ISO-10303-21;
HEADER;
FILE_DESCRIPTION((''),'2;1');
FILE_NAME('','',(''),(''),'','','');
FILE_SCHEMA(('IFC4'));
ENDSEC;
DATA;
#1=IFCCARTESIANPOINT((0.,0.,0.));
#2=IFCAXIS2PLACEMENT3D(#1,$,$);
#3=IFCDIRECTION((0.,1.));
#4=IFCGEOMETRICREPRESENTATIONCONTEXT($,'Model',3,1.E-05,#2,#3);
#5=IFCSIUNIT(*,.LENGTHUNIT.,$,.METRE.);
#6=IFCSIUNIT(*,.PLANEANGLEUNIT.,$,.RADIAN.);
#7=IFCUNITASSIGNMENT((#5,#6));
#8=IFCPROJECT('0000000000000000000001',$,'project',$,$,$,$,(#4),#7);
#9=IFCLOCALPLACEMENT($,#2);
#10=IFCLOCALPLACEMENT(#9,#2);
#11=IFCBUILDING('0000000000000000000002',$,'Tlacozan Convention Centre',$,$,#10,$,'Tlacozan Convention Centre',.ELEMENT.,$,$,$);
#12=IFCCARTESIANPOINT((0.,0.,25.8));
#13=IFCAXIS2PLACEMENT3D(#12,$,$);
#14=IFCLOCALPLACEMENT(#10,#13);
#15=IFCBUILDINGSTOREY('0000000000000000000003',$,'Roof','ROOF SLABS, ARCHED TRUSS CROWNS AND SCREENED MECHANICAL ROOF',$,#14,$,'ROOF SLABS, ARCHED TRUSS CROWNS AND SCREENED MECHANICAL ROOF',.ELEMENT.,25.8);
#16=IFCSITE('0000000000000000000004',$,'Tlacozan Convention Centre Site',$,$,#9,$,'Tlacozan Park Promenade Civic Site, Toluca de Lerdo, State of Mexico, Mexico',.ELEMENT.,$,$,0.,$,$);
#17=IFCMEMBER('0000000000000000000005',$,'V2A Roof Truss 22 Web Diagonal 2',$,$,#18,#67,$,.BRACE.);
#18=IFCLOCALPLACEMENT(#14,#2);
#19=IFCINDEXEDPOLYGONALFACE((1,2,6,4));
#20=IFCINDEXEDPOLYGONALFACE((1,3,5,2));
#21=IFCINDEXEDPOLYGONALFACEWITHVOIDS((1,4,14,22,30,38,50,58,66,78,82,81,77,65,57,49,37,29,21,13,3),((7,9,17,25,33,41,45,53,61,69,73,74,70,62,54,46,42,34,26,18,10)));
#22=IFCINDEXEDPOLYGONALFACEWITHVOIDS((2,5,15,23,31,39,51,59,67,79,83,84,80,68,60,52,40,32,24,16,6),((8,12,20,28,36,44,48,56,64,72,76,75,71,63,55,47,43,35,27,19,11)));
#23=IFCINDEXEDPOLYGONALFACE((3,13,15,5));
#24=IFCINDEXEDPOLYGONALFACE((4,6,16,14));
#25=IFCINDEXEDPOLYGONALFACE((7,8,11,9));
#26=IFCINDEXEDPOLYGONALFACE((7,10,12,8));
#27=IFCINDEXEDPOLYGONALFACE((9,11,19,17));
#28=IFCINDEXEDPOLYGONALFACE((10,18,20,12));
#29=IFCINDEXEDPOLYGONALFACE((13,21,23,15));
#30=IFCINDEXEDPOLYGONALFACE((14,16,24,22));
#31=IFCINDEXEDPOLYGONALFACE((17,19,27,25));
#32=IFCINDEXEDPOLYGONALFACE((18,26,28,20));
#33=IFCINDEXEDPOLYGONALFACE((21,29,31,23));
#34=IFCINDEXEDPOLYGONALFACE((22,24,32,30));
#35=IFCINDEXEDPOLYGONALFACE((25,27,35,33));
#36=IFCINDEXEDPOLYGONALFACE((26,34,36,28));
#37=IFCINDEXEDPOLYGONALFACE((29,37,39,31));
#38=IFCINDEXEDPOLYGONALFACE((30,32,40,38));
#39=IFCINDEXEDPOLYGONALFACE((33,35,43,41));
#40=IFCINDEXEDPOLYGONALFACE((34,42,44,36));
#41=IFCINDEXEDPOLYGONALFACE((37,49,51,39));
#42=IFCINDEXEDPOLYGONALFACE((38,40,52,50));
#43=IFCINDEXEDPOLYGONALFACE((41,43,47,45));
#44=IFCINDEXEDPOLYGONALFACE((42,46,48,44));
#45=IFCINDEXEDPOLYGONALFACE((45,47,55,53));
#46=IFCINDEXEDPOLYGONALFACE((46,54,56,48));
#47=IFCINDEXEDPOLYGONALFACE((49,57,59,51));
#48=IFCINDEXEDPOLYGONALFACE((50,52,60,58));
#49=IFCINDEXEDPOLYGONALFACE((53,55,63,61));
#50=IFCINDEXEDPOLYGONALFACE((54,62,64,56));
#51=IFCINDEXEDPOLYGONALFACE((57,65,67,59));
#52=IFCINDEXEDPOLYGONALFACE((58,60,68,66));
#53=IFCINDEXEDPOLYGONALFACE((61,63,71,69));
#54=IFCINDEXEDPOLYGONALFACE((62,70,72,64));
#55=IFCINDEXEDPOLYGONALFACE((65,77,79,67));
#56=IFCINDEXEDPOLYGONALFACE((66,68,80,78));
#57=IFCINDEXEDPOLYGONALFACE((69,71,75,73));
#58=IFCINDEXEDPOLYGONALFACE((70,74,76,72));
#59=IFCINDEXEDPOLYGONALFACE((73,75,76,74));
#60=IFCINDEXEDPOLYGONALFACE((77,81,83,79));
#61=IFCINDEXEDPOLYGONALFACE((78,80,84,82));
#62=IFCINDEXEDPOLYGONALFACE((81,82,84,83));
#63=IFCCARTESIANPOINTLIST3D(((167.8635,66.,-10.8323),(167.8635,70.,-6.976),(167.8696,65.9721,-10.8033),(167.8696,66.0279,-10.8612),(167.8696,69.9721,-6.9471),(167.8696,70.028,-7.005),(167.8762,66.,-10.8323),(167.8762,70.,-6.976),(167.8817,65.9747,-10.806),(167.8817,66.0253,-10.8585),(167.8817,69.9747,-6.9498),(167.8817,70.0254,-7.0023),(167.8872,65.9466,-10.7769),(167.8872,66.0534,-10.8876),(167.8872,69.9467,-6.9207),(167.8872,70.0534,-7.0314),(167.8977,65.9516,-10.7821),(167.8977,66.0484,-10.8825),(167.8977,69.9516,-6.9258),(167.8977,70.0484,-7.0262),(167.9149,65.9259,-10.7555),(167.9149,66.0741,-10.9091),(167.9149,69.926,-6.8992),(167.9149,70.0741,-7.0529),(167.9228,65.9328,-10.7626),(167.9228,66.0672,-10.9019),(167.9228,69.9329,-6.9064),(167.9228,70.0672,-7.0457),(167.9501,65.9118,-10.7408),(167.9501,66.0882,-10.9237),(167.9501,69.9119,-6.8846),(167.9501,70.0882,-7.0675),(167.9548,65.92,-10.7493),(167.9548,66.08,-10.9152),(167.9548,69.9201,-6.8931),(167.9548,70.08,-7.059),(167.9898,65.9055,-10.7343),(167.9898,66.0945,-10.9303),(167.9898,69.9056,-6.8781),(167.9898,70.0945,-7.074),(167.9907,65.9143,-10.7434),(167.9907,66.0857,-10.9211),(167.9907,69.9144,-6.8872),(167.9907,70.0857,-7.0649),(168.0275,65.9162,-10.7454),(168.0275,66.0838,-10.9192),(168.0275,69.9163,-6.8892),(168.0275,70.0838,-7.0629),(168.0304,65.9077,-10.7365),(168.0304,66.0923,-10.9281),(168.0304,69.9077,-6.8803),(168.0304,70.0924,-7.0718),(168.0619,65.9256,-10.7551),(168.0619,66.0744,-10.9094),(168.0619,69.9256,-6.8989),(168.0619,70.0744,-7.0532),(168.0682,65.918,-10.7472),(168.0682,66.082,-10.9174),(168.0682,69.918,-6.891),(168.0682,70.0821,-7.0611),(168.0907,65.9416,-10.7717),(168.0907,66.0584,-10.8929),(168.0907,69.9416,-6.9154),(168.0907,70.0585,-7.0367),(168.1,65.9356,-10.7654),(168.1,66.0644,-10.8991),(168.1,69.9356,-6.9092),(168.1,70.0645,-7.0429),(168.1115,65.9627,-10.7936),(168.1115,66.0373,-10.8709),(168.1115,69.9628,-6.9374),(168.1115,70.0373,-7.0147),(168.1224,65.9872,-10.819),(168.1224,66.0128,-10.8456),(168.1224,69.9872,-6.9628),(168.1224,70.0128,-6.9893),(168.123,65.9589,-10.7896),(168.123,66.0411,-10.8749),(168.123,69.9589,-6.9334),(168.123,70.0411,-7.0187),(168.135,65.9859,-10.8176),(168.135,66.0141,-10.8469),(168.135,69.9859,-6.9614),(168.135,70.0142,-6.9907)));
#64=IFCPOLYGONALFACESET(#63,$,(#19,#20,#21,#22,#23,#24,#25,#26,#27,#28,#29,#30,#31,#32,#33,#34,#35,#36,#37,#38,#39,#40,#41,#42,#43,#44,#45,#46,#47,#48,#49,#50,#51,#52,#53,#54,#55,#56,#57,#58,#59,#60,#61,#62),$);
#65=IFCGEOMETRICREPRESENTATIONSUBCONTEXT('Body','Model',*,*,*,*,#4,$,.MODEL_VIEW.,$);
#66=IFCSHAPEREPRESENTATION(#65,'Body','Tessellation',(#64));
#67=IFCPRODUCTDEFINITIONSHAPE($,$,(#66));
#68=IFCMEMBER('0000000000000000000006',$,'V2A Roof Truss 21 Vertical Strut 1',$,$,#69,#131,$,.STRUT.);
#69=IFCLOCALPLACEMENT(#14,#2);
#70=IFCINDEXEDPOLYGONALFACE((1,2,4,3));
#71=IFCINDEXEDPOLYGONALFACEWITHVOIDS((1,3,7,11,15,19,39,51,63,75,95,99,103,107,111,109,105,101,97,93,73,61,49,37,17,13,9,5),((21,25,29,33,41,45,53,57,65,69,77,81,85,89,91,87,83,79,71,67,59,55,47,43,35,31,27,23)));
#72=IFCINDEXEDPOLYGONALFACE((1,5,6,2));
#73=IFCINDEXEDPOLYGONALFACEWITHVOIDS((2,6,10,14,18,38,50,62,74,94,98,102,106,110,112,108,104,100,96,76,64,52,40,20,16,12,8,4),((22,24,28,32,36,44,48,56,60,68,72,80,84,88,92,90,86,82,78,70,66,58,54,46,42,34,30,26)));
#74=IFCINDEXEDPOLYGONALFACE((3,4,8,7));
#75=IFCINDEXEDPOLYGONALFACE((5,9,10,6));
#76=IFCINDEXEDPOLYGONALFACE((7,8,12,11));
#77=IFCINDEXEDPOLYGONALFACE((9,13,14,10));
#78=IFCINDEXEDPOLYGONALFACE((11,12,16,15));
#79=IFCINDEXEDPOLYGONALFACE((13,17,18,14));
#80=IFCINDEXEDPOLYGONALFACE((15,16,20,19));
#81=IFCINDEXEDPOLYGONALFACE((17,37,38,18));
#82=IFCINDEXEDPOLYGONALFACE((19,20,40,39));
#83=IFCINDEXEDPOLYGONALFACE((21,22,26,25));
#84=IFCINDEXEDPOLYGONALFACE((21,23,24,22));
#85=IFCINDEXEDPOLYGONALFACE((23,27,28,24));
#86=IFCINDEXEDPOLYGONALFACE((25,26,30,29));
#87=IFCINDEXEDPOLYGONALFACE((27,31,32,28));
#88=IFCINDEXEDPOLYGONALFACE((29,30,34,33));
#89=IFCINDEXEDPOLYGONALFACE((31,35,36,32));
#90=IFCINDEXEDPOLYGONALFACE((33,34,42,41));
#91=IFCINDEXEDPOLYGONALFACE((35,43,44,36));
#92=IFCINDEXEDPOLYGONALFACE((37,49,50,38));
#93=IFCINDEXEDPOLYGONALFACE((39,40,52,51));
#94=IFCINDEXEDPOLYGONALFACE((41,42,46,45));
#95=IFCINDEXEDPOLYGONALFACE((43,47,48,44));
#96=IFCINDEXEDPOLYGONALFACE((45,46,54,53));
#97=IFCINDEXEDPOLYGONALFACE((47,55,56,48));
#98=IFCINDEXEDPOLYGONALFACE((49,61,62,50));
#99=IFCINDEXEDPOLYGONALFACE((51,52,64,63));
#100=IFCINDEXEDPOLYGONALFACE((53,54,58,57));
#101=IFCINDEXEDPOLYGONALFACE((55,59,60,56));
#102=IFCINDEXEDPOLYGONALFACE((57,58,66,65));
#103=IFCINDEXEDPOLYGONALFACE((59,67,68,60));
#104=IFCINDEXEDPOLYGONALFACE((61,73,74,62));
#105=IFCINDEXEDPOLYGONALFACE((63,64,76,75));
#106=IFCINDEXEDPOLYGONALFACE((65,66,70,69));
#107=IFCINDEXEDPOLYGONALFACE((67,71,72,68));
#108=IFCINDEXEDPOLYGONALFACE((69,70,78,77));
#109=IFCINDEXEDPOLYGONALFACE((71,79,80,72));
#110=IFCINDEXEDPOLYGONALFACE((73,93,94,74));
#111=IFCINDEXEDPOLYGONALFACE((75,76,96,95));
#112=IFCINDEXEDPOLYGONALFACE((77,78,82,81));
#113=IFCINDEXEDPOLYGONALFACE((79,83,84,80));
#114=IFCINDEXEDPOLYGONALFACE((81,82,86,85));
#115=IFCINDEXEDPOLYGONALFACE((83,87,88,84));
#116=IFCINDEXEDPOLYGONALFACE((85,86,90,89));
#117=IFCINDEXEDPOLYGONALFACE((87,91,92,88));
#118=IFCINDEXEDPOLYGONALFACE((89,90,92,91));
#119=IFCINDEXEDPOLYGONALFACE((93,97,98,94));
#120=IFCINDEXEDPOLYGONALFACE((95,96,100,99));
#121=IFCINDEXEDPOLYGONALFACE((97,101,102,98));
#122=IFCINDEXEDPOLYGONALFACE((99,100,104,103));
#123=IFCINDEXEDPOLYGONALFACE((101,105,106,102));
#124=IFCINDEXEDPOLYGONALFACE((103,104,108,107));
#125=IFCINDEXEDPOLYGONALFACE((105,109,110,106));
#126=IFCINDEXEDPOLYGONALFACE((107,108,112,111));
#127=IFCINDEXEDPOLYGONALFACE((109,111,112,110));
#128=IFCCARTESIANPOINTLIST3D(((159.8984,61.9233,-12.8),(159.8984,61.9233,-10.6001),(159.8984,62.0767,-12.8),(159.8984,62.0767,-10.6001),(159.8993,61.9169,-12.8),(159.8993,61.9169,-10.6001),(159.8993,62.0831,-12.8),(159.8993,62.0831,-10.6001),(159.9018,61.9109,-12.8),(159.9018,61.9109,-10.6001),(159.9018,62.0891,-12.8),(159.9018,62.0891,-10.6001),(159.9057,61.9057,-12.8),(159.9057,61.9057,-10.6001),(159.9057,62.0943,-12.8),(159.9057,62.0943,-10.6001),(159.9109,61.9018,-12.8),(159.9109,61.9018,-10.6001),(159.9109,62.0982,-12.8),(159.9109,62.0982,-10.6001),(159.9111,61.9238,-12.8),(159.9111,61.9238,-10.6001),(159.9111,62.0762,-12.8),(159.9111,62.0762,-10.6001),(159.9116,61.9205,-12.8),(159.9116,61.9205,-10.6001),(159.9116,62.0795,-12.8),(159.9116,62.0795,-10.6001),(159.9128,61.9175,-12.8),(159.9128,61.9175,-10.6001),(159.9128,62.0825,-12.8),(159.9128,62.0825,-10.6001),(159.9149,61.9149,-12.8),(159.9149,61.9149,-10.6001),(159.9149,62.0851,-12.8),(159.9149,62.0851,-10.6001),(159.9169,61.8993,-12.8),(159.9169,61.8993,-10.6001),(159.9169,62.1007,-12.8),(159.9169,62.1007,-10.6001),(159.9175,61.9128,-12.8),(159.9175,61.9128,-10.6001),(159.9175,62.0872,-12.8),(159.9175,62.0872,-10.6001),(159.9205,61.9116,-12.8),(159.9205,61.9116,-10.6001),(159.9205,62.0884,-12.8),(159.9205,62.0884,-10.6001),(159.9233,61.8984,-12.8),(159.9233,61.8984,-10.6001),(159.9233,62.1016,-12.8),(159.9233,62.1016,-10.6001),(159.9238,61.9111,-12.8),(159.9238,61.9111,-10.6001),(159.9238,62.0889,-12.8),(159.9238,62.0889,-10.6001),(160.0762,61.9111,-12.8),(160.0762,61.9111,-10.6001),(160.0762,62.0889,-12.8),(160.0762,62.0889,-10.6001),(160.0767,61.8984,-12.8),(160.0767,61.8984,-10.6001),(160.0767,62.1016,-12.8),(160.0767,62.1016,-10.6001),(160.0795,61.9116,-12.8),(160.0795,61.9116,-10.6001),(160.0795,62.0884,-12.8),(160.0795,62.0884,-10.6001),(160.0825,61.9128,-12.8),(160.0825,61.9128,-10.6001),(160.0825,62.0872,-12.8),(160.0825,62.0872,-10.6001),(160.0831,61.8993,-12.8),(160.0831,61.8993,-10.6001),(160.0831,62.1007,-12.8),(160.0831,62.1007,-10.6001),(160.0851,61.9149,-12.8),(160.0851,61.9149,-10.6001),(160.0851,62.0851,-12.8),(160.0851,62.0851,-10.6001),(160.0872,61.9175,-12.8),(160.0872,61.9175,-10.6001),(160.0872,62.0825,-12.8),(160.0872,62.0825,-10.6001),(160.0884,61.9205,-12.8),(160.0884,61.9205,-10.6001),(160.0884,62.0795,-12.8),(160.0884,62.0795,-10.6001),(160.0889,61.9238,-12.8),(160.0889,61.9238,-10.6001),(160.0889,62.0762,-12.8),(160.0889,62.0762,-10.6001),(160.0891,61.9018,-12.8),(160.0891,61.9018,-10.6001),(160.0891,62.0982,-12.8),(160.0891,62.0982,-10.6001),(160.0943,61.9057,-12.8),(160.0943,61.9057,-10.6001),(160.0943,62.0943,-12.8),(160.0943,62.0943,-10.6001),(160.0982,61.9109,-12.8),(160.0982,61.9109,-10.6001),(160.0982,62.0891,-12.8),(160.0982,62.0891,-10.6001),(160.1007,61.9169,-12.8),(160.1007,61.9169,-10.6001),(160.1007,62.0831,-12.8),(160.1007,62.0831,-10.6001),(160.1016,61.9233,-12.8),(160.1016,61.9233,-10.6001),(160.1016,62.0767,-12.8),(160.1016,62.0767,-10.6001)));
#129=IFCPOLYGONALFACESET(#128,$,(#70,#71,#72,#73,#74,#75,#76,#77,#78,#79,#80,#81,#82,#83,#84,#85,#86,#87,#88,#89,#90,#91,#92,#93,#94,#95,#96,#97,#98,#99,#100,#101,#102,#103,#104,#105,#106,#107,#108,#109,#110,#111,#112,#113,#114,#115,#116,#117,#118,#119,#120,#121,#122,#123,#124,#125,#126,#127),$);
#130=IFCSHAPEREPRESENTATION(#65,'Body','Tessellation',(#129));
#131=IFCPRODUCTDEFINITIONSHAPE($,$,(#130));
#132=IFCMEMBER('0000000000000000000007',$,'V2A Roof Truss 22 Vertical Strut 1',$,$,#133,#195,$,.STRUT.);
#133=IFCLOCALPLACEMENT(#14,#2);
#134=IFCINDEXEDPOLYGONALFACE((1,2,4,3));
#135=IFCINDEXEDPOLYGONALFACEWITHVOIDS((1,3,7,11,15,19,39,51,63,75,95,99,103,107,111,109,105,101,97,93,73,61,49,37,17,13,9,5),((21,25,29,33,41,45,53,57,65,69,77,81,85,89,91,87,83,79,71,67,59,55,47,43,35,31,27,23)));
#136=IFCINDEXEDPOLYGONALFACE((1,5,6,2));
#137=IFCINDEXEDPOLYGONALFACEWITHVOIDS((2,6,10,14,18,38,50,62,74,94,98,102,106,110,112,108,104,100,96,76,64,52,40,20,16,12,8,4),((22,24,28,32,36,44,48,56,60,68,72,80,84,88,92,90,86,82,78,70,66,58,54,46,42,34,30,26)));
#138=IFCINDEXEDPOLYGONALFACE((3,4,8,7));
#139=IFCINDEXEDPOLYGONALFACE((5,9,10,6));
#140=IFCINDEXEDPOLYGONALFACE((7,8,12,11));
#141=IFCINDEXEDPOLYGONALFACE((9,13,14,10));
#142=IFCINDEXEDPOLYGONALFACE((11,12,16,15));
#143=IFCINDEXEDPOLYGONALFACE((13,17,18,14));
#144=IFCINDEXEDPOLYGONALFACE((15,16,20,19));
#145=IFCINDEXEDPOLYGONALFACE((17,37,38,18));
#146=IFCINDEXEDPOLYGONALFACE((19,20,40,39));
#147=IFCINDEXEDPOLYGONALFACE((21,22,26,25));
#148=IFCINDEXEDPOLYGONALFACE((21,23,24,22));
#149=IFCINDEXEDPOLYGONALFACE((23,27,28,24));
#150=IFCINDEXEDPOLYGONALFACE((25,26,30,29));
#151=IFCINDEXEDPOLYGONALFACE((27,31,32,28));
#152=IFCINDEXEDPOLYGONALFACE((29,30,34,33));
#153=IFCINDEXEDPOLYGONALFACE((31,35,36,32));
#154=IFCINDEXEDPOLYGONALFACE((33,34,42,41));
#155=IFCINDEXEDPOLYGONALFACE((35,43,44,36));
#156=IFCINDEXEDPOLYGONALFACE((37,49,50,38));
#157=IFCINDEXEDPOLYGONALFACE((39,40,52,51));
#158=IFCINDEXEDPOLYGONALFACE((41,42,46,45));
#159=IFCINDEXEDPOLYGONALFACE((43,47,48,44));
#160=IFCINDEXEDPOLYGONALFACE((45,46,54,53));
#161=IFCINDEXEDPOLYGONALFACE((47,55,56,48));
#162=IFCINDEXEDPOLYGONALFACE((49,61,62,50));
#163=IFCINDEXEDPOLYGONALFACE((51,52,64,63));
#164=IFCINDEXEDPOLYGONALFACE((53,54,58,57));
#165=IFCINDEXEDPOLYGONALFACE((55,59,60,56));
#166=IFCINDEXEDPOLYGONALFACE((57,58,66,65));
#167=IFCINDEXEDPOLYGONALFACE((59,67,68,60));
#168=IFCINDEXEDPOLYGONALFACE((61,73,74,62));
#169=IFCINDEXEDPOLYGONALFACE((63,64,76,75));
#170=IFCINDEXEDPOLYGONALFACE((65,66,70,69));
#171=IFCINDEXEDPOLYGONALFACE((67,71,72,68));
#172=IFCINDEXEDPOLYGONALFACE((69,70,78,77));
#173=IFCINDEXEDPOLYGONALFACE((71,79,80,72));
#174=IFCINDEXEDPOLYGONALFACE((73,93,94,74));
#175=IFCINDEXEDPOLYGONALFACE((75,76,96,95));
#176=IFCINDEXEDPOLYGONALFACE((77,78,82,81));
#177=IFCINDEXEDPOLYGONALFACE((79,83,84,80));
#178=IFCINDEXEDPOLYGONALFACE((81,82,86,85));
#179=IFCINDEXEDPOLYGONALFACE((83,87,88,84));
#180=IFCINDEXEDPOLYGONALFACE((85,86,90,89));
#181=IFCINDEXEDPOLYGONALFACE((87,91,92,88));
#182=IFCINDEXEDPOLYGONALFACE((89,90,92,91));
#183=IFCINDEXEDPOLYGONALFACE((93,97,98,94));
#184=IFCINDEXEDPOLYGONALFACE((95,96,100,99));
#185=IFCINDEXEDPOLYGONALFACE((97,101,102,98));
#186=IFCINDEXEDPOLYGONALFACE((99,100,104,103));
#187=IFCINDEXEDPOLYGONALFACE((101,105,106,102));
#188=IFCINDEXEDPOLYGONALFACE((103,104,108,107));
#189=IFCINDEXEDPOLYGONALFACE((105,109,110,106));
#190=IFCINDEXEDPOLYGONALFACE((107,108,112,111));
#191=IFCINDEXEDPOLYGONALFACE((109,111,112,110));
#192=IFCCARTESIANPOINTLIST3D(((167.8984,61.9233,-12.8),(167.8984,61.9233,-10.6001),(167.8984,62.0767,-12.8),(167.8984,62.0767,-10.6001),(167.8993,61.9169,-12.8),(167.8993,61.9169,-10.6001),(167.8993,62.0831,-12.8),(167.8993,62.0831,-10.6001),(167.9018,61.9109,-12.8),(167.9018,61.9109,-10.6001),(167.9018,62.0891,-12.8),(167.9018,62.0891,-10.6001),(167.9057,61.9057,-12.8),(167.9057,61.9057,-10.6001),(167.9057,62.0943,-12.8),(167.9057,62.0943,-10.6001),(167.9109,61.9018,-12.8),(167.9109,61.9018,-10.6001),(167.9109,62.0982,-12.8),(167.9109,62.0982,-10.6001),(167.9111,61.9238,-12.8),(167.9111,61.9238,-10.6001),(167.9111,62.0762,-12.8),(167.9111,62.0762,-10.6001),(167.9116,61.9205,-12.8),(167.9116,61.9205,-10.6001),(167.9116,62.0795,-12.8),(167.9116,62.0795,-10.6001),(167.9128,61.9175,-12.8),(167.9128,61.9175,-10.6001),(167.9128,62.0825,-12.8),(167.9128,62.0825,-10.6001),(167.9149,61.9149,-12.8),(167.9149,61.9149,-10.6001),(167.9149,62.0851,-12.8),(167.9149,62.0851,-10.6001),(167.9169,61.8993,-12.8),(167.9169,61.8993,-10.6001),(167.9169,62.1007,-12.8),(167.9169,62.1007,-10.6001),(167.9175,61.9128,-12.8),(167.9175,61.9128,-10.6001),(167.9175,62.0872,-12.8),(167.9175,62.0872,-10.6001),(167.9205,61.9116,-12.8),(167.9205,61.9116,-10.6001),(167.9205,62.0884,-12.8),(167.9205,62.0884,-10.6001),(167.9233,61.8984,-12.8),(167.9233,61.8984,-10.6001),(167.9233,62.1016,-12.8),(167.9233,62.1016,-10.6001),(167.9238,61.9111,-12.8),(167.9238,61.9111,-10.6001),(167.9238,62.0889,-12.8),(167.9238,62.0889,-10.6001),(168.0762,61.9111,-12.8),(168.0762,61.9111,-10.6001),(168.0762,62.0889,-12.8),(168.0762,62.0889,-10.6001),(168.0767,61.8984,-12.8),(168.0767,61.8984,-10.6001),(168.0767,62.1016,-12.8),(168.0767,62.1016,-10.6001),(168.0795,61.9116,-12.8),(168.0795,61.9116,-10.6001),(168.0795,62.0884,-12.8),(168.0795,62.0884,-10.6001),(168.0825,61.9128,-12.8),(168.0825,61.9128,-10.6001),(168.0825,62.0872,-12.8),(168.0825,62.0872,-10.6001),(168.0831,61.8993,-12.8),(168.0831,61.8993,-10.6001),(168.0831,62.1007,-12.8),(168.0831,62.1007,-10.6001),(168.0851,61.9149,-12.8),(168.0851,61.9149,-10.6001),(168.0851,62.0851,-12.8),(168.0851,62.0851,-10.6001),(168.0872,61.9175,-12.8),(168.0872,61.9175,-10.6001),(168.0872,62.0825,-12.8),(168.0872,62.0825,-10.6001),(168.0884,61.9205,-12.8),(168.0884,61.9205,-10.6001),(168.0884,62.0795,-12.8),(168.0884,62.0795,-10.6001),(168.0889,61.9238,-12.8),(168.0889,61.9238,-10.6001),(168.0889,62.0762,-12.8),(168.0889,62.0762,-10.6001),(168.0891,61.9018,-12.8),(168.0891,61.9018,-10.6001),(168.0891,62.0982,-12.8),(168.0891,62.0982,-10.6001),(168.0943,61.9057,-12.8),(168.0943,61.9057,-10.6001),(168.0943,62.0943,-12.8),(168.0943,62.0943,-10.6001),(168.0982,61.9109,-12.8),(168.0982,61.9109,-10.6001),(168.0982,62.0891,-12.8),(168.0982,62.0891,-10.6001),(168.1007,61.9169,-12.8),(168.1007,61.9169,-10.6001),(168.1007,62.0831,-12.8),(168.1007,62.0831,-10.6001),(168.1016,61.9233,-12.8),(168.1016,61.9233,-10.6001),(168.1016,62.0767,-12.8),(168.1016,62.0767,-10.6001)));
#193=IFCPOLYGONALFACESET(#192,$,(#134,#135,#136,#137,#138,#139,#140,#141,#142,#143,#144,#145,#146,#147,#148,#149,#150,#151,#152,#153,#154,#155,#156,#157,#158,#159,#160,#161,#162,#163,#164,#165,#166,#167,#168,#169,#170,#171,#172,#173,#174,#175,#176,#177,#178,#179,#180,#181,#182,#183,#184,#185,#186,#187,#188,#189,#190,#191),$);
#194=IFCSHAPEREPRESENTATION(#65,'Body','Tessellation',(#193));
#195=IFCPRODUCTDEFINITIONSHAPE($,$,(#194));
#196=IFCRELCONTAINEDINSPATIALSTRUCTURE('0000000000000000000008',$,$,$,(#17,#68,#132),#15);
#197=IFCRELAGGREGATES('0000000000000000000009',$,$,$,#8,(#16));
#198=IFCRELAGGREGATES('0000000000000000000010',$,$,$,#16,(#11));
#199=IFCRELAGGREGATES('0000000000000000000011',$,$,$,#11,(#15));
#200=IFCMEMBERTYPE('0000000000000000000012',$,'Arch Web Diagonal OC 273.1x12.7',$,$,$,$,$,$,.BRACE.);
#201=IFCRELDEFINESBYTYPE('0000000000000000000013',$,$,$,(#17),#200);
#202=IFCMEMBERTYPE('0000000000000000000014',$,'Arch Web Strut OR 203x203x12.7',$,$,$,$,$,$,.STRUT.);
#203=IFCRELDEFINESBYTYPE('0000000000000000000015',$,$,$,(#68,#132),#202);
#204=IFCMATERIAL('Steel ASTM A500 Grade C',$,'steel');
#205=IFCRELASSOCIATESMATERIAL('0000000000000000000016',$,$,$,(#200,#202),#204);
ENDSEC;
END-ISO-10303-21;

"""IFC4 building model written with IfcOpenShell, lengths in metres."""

from ifc_helpers import new_model, si_unit, direction, frame, origin, origin_2d, place, context, subcontext, project, spatial, hollow_rectangle, hollow_circle, extrude, material, material_profile, profile_set, type_object, element, save


model = new_model("IFC4")

# Units and contexts
model_context = context("Model", 3, precision=1e-05, world=origin(), true_north=direction((0.0, 1.0)))
body_context = subcontext(model_context, "Body", "Model", "MODEL_VIEW")
ifc_project = project(units=[si_unit("LENGTHUNIT", "METRE"), si_unit("PLANEANGLEUNIT", "RADIAN")], contexts=[model_context])

# Site, building, storey
site_placement = place(None, origin())
site = spatial("IfcSite", under=ifc_project, at=site_placement, Name="Tlacozan Convention Centre Site", LongName="Tlacozan Park Promenade Civic Site, Toluca de Lerdo, State of Mexico, Mexico", CompositionType="ELEMENT", RefElevation=0.0)
building_placement = place(site_placement, origin())
building = spatial("IfcBuilding", under=site, at=building_placement, Name="Tlacozan Convention Centre", LongName="Tlacozan Convention Centre", CompositionType="ELEMENT")
storey_placement = place(building_placement, frame((0.0, 0.0, 25.8)))
storey = spatial("IfcBuildingStorey", under=building, at=storey_placement, Name="Roof", Description="ROOF SLABS, ARCHED TRUSS CROWNS AND SCREENED MECHANICAL ROOF", LongName="ROOF SLABS, ARCHED TRUSS CROWNS AND SCREENED MECHANICAL ROOF", CompositionType="ELEMENT", Elevation=25.8)

# Members
ifc_material_1 = material(Name="Steel ASTM A500 Grade C", Category="steel")
ifc_material_profile_1 = material_profile(ifc_material_1, hollow_circle(Radius=0.1365, WallThickness=0.0127, at=origin_2d()), Name="OC 273.1x12.7")
ifc_profile_set_1 = profile_set([ifc_material_profile_1], Name="Steel ASTM A500 Grade C")
member_type_1 = type_object("IfcMemberType", Name="Arch Web Diagonal OC 273.1x12.7", PredefinedType="BRACE", material=ifc_profile_set_1)
member_1_placement = place(storey_placement, frame((168.0, 66.0, -10.8323), z_axis=(0.0, 0.719929, 0.694048), x_axis=(-1.0, 0.0, 0.0)))
element("IfcMember", 1, at=member_1_placement, inside=storey, type_object=member_type_1, Name="V2A Roof Truss 22 Web Diagonal 2", PredefinedType="BRACE", context=body_context, shape_type="SweptSolid", body=[
    extrude(hollow_circle(Radius=0.1365, WallThickness=0.0127, at=origin_2d()), origin(), (0.0, 0.0, 1.0), 5.5562),
])
ifc_material_profile_2 = material_profile(ifc_material_1, hollow_rectangle(XDim=0.2031, YDim=0.2031, WallThickness=0.0127, InnerFilletRadius=0.0127, OuterFilletRadius=0.0249, at=origin_2d()), Name="OR 203x203x12.7")
ifc_profile_set_2 = profile_set([ifc_material_profile_2], Name="Steel ASTM A500 Grade C")
member_type_2 = type_object("IfcMemberType", Name="Arch Web Strut OR 203x203x12.7", PredefinedType="STRUT", material=ifc_profile_set_2)
for number, where, z_axis, x_axis, name in (
    (2, (160.0, 62.0, -12.8), (0.0, 0.0, 1.0), (1.0, 0.0, 0.0), "V2A Roof Truss 21 Vertical Strut 1"),
    (3, (168.0, 62.0, -12.8), (0.0, 0.0, 1.0), (1.0, 0.0, 0.0), "V2A Roof Truss 22 Vertical Strut 1"),
):
    element("IfcMember", number, at=place(storey_placement, frame(where, z_axis=z_axis, x_axis=x_axis)), inside=storey, type_object=member_type_2, Name=name, PredefinedType="STRUT", context=body_context, shape_type="SweptSolid", body=[
        extrude(hollow_rectangle(XDim=0.2031, YDim=0.2031, WallThickness=0.0127, InnerFilletRadius=0.0127, OuterFilletRadius=0.0249, at=origin_2d()), origin(), (0.0, 0.0, 1.0), 2.2),
    ])

save(model, "model.ifc")
